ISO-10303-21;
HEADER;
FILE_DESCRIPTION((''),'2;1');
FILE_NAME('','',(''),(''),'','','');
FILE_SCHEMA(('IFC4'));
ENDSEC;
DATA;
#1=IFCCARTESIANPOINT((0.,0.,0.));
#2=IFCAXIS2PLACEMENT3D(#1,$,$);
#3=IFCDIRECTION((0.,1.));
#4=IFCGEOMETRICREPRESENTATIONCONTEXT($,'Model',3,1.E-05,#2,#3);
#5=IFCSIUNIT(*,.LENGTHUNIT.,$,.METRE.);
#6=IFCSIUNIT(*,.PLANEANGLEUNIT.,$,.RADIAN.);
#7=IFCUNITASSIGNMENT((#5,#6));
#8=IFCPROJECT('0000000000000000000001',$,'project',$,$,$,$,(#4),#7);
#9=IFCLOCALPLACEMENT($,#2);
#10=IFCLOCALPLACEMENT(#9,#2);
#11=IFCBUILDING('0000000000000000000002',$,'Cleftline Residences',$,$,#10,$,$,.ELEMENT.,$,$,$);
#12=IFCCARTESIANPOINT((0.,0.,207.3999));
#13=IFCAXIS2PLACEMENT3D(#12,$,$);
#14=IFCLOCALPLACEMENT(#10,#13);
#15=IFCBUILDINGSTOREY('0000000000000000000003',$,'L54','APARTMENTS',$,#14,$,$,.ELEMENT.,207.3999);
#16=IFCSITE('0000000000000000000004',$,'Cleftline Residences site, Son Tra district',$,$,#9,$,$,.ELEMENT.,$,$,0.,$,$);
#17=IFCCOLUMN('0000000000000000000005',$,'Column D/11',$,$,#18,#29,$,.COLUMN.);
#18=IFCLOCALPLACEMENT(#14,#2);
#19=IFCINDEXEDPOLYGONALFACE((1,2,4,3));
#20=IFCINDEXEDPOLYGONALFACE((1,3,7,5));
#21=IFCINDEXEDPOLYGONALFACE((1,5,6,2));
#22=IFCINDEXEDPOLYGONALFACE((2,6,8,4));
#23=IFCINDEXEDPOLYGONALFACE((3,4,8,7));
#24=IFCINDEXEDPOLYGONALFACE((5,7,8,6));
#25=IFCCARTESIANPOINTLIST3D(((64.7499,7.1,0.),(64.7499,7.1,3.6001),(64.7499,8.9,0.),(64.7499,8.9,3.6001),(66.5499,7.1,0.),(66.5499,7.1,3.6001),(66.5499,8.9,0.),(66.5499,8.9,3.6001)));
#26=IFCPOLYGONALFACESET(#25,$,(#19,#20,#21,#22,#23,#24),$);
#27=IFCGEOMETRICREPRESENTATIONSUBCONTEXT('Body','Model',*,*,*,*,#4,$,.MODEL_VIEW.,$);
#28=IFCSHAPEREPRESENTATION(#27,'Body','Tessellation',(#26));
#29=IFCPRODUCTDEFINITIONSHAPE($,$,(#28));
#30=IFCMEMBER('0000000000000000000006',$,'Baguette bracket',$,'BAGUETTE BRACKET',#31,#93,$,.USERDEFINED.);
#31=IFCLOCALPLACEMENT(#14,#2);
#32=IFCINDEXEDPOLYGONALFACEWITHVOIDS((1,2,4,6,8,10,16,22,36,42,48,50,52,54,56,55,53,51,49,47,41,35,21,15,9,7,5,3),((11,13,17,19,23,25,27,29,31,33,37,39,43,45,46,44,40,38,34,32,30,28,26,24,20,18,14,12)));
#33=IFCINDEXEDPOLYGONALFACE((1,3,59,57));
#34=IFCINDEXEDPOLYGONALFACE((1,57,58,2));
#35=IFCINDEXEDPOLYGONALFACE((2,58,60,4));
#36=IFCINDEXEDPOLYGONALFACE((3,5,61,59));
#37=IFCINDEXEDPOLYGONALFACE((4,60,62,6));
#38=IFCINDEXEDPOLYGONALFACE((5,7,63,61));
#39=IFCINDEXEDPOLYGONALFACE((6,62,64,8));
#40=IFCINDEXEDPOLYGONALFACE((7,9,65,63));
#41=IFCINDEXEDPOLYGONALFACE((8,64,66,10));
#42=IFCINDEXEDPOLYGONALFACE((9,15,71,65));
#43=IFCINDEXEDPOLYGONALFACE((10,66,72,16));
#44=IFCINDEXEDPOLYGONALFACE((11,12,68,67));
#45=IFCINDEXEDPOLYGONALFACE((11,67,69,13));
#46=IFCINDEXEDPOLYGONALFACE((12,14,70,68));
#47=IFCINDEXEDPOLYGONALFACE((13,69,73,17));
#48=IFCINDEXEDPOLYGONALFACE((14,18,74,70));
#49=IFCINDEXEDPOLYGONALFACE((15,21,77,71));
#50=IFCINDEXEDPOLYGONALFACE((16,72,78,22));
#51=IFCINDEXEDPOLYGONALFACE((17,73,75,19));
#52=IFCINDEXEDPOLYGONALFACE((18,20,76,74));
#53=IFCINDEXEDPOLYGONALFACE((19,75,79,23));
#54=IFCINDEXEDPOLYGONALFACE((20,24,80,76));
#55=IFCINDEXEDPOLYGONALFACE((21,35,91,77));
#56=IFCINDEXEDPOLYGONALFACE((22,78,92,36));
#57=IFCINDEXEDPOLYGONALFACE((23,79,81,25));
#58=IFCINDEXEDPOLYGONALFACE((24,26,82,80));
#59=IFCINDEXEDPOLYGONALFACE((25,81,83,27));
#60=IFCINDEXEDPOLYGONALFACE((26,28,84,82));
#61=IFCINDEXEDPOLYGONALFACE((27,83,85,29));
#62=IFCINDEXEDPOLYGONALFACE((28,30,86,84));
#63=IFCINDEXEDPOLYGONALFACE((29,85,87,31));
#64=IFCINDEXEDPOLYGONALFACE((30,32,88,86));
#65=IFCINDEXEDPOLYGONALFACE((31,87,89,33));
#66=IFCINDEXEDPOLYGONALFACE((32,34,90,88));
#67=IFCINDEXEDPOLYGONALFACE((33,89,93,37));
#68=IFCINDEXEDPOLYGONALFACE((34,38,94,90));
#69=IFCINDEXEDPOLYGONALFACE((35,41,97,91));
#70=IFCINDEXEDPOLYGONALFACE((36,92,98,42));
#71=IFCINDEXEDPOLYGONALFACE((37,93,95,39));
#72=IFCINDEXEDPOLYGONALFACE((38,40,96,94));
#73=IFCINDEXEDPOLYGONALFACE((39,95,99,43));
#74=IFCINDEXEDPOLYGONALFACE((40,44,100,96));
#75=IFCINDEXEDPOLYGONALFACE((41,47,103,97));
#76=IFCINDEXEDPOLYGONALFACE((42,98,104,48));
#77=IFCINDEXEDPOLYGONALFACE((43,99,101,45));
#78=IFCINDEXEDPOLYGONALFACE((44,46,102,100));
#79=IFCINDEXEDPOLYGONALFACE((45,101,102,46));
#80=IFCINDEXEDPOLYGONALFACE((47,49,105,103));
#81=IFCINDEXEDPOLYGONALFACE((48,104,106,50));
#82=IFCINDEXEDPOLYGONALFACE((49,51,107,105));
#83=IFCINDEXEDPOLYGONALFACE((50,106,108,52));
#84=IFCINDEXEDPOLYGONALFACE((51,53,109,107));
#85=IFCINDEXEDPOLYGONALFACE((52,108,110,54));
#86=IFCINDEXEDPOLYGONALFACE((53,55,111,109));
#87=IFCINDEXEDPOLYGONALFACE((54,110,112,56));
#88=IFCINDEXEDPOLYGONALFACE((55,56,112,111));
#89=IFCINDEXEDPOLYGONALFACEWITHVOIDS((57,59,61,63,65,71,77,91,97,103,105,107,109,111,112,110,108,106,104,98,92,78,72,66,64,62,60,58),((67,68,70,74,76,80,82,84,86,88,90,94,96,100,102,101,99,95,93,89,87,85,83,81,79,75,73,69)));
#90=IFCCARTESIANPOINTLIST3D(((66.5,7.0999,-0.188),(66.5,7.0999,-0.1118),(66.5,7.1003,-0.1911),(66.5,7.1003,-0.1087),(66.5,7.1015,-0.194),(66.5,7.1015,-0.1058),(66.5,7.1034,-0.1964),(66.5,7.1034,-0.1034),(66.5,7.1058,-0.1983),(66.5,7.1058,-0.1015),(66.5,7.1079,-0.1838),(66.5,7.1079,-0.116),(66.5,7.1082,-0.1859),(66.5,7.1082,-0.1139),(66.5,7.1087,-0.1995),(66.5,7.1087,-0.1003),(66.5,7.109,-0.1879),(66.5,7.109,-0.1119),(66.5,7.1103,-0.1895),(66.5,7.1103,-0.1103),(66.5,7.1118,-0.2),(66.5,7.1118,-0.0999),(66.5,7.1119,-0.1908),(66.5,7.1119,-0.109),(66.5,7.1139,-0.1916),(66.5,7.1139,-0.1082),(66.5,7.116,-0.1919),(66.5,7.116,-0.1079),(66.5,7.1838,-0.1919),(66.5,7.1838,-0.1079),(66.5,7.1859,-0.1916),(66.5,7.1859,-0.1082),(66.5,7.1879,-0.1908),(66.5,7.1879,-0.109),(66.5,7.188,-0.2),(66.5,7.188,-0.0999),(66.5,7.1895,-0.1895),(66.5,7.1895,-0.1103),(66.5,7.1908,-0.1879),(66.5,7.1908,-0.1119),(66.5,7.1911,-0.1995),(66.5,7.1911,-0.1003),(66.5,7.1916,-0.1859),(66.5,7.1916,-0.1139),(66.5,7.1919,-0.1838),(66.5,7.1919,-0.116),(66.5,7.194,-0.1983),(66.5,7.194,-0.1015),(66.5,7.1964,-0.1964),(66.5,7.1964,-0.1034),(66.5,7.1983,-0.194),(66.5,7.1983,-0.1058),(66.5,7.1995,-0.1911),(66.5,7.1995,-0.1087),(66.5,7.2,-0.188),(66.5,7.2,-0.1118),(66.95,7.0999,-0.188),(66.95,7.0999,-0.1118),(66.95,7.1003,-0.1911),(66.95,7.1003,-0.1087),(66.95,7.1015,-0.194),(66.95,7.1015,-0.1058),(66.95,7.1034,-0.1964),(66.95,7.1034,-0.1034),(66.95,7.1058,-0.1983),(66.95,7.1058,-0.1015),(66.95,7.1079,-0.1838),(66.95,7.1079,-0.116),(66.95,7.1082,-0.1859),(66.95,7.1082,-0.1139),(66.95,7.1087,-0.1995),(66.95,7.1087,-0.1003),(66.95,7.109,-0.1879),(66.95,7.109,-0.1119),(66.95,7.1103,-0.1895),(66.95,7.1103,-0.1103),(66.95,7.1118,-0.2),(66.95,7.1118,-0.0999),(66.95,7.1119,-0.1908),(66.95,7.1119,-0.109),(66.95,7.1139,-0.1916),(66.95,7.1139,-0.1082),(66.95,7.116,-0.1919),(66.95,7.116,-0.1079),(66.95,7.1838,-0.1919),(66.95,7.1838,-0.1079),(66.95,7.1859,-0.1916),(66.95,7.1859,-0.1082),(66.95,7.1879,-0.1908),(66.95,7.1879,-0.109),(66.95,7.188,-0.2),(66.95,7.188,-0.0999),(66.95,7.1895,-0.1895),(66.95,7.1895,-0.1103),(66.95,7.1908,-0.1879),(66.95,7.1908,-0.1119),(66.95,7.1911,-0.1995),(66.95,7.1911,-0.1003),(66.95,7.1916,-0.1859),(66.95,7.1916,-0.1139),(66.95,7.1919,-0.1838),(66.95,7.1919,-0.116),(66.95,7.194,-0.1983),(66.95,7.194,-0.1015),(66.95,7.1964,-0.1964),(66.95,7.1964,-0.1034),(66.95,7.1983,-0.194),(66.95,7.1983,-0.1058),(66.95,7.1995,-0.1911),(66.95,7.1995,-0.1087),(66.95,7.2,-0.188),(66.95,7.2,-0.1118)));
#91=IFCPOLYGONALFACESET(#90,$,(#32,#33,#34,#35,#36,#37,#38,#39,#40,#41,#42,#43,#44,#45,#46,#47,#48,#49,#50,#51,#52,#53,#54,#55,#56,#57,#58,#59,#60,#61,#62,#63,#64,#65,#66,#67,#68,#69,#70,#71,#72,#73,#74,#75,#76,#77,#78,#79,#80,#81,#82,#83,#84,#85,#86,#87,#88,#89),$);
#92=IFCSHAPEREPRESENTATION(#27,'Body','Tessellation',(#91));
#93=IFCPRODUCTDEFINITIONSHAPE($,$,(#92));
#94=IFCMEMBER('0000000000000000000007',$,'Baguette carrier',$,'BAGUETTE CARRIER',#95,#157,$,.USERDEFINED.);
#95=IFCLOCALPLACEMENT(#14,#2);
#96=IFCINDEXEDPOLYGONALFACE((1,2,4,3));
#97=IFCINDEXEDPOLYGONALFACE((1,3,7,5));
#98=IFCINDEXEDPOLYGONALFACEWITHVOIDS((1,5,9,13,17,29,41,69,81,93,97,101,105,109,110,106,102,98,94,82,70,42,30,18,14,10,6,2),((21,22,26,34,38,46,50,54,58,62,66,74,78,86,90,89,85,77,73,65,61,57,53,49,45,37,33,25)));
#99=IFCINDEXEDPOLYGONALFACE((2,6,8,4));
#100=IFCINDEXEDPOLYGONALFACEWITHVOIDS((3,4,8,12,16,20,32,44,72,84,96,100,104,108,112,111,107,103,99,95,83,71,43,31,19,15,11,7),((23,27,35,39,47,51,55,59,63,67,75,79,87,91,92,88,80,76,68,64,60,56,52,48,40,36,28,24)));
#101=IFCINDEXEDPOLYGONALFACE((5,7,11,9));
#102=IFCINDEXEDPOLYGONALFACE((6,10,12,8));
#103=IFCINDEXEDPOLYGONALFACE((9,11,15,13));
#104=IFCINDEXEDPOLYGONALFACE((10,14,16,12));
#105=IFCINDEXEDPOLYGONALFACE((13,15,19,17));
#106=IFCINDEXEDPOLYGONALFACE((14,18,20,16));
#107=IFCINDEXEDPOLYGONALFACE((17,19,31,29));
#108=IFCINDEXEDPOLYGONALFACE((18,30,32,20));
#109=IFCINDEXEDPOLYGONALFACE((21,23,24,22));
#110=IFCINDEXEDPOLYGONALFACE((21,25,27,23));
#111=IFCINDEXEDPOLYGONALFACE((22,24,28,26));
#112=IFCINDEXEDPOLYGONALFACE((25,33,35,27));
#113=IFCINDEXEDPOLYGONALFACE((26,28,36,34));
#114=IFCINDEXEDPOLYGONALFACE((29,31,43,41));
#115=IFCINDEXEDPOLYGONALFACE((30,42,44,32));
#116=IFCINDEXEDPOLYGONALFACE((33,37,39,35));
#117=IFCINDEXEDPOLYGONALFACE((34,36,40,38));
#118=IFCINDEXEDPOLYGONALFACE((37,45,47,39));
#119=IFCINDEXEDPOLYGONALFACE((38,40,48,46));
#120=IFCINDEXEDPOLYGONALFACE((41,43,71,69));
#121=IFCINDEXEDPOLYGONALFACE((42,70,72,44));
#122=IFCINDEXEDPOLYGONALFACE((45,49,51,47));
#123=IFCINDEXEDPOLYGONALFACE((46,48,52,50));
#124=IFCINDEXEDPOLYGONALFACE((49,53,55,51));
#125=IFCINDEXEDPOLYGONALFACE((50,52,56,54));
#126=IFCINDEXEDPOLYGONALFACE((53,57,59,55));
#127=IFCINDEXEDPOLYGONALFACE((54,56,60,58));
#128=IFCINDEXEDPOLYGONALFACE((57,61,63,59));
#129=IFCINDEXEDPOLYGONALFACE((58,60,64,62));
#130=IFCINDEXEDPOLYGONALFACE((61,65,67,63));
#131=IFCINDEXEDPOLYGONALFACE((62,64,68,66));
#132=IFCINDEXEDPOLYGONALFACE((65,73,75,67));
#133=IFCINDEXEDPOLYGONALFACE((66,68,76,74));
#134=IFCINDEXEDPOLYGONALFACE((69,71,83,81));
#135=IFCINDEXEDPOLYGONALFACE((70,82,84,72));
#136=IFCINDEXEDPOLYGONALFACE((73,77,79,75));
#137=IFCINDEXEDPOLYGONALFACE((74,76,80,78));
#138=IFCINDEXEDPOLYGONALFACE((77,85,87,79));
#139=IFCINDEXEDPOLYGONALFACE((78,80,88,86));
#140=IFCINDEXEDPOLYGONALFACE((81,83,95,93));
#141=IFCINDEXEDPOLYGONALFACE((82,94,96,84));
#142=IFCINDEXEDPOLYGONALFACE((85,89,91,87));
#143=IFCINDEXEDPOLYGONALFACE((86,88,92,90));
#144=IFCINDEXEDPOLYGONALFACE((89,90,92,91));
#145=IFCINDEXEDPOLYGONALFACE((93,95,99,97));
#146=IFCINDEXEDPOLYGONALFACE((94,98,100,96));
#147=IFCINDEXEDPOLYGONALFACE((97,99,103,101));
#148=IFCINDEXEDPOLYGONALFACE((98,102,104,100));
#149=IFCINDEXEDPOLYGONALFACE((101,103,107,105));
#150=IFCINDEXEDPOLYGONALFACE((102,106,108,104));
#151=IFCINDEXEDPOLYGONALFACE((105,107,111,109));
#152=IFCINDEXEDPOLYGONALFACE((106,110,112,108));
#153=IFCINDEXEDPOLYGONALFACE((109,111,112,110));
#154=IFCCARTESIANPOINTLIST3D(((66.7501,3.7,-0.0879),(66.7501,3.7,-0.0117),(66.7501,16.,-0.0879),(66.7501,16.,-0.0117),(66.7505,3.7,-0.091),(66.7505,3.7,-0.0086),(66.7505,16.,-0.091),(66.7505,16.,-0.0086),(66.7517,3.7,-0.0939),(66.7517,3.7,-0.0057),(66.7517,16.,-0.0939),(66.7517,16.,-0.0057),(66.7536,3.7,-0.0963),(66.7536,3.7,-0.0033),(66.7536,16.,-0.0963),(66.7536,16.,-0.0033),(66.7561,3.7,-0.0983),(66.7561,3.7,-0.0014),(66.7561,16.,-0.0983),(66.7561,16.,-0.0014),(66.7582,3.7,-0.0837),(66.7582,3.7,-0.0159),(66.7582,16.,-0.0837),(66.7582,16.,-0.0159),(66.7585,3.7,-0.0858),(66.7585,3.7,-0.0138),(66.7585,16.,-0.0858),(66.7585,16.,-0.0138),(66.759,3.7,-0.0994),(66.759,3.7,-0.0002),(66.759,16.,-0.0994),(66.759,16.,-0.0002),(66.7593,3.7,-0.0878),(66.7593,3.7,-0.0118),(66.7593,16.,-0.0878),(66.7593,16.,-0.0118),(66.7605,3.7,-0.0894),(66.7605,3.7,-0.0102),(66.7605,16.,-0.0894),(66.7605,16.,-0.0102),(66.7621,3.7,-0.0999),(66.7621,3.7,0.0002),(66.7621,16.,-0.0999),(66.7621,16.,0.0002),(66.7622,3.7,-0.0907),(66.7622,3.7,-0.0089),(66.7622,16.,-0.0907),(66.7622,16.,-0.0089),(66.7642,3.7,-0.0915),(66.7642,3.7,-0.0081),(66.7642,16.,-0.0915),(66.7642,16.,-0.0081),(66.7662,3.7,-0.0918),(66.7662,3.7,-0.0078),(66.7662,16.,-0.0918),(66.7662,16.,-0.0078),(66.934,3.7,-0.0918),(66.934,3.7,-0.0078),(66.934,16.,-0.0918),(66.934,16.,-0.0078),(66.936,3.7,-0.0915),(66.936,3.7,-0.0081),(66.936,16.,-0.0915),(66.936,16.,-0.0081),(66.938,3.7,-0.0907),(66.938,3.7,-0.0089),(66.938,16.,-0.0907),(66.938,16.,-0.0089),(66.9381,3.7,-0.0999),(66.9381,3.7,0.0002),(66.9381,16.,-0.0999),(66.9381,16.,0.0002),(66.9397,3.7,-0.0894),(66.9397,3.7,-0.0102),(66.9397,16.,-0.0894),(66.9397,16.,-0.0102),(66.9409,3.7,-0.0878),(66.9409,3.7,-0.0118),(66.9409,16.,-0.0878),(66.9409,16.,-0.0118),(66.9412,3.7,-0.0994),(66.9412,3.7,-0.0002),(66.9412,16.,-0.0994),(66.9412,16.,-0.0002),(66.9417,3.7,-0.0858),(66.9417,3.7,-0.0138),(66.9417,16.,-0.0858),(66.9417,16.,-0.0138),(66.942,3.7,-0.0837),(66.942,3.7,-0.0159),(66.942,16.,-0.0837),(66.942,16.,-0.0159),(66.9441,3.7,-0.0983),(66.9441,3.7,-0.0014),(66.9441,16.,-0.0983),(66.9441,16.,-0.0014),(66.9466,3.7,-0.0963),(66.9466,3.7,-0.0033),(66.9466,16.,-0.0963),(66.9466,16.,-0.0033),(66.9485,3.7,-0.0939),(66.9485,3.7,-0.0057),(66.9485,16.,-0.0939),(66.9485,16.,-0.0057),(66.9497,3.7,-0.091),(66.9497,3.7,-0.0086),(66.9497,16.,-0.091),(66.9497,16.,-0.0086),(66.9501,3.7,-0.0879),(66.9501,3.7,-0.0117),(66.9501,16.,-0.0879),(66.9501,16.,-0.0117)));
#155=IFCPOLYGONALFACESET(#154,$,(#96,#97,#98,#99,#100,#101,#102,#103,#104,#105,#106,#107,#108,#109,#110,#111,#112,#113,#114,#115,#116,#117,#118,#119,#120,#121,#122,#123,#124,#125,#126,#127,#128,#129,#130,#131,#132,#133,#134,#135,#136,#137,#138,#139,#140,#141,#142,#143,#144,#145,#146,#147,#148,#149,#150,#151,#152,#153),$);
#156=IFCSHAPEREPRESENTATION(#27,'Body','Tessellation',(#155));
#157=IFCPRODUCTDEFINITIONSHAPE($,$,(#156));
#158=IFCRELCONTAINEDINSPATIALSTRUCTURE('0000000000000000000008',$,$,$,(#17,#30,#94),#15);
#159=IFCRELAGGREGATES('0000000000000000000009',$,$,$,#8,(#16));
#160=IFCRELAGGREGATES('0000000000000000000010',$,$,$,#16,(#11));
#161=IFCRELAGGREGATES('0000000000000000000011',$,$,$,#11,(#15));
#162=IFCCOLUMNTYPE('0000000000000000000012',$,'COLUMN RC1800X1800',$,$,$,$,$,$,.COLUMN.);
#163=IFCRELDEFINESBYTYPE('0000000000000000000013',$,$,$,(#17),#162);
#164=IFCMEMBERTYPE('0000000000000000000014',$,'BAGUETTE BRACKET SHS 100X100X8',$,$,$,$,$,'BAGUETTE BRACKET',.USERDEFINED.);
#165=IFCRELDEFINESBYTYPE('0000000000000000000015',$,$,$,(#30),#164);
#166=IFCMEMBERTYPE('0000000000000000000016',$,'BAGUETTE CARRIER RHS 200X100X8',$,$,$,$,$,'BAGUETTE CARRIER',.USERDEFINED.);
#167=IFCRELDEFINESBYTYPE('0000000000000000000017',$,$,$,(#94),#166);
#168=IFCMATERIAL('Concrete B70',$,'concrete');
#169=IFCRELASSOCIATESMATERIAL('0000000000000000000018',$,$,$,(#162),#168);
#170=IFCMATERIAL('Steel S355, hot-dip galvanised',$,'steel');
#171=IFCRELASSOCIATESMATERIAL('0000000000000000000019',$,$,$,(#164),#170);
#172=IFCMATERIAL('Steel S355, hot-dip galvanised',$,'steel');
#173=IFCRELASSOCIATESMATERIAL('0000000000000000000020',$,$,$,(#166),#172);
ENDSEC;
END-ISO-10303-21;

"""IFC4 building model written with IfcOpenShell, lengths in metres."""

from ifc_helpers import new_model, si_unit, direction, frame, origin, origin_2d, place, context, subcontext, project, spatial, rectangle, hollow_rectangle, extrude, material, material_profile, profile_set, type_object, element, save


model = new_model("IFC4")

# Units and contexts
model_context = context("Model", 3, precision=1e-05, world=origin(), true_north=direction((0.0, 1.0)))
body_context = subcontext(model_context, "Body", "Model", "MODEL_VIEW")
ifc_project = project(units=[si_unit("LENGTHUNIT", "METRE"), si_unit("PLANEANGLEUNIT", "RADIAN")], contexts=[model_context])

# Site, building, storey
site_placement = place(None, origin())
site = spatial("IfcSite", under=ifc_project, at=site_placement, Name="Cleftline Residences site, Son Tra district", CompositionType="ELEMENT", RefElevation=0.0)
building_placement = place(site_placement, origin())
building = spatial("IfcBuilding", under=site, at=building_placement, Name="Cleftline Residences", CompositionType="ELEMENT")
storey_placement = place(building_placement, frame((0.0, 0.0, 207.3999)))
storey = spatial("IfcBuildingStorey", under=building, at=storey_placement, Name="L54", Description="APARTMENTS", CompositionType="ELEMENT", Elevation=207.3999)

# Column
ifc_material_1 = material(Name="Concrete B70", Category="concrete")
ifc_material_profile_1 = material_profile(ifc_material_1, rectangle(XDim=1.8, YDim=1.8, at=origin_2d()))
ifc_profile_set_1 = profile_set([ifc_material_profile_1], Name="Concrete B70")
column_type = type_object("IfcColumnType", Name="COLUMN RC1800X1800", PredefinedType="COLUMN", material=ifc_profile_set_1)
column_placement = place(storey_placement, frame((65.6499, 8.0, 0.0), z_axis=(0.0, 0.0, 1.0), x_axis=(1.0, 0.0, 0.0)))
element("IfcColumn", 1, at=column_placement, inside=storey, type_object=column_type, Name="Column D/11", PredefinedType="COLUMN", context=body_context, shape_type="SweptSolid", body=[
    extrude(rectangle(XDim=1.8, YDim=1.8, at=origin_2d()), origin(), (0.0, 0.0, 1.0), 3.6001),
])

# Members
ifc_material_2 = material(Name="Steel S355, hot-dip galvanised", Category="steel")
ifc_material_profile_2 = material_profile(ifc_material_2, hollow_rectangle(XDim=0.1001, YDim=0.1001, WallThickness=0.0081, InnerFilletRadius=0.0081, OuterFilletRadius=0.012, at=origin_2d()))
ifc_profile_set_2 = profile_set([ifc_material_profile_2], Name="Steel S355, hot-dip galvanised")
member_type_1 = type_object("IfcMemberType", Name="BAGUETTE BRACKET SHS 100X100X8", ElementType="BAGUETTE BRACKET", PredefinedType="USERDEFINED", material=ifc_profile_set_2)
member_1_placement = place(storey_placement, frame((66.5, 7.1499, -0.1499), z_axis=(1.0, 0.0, 0.0), x_axis=(0.0, 1.0, 0.0)))
element("IfcMember", 2, at=member_1_placement, inside=storey, type_object=member_type_1, Name="Baguette bracket", ObjectType="BAGUETTE BRACKET", PredefinedType="USERDEFINED", context=body_context, shape_type="SweptSolid", body=[
    extrude(hollow_rectangle(XDim=0.1001, YDim=0.1001, WallThickness=0.0081, InnerFilletRadius=0.0081, OuterFilletRadius=0.012, at=origin_2d()), origin(), (0.0, 0.0, 1.0), 0.45),
])
ifc_material_3 = material(Name="Steel S355, hot-dip galvanised", Category="steel")
ifc_material_profile_3 = material_profile(ifc_material_3, hollow_rectangle(XDim=0.1001, YDim=0.2, WallThickness=0.0081, InnerFilletRadius=0.0081, OuterFilletRadius=0.012, at=origin_2d()))
ifc_profile_set_3 = profile_set([ifc_material_profile_3], Name="Steel S355, hot-dip galvanised")
member_type_2 = type_object("IfcMemberType", Name="BAGUETTE CARRIER RHS 200X100X8", ElementType="BAGUETTE CARRIER", PredefinedType="USERDEFINED", material=ifc_profile_set_3)
member_2_placement = place(storey_placement, frame((66.8501, 3.7, -0.0498), z_axis=(0.0, 1.0, 0.0), x_axis=(0.0, 0.0, 1.0)))
element("IfcMember", 3, at=member_2_placement, inside=storey, type_object=member_type_2, Name="Baguette carrier", ObjectType="BAGUETTE CARRIER", PredefinedType="USERDEFINED", context=body_context, shape_type="SweptSolid", body=[
    extrude(hollow_rectangle(XDim=0.1001, YDim=0.2, WallThickness=0.0081, InnerFilletRadius=0.0081, OuterFilletRadius=0.012, at=origin_2d()), origin(), (0.0, 0.0, 1.0), 12.3),
])

save(model, "model.ifc")
